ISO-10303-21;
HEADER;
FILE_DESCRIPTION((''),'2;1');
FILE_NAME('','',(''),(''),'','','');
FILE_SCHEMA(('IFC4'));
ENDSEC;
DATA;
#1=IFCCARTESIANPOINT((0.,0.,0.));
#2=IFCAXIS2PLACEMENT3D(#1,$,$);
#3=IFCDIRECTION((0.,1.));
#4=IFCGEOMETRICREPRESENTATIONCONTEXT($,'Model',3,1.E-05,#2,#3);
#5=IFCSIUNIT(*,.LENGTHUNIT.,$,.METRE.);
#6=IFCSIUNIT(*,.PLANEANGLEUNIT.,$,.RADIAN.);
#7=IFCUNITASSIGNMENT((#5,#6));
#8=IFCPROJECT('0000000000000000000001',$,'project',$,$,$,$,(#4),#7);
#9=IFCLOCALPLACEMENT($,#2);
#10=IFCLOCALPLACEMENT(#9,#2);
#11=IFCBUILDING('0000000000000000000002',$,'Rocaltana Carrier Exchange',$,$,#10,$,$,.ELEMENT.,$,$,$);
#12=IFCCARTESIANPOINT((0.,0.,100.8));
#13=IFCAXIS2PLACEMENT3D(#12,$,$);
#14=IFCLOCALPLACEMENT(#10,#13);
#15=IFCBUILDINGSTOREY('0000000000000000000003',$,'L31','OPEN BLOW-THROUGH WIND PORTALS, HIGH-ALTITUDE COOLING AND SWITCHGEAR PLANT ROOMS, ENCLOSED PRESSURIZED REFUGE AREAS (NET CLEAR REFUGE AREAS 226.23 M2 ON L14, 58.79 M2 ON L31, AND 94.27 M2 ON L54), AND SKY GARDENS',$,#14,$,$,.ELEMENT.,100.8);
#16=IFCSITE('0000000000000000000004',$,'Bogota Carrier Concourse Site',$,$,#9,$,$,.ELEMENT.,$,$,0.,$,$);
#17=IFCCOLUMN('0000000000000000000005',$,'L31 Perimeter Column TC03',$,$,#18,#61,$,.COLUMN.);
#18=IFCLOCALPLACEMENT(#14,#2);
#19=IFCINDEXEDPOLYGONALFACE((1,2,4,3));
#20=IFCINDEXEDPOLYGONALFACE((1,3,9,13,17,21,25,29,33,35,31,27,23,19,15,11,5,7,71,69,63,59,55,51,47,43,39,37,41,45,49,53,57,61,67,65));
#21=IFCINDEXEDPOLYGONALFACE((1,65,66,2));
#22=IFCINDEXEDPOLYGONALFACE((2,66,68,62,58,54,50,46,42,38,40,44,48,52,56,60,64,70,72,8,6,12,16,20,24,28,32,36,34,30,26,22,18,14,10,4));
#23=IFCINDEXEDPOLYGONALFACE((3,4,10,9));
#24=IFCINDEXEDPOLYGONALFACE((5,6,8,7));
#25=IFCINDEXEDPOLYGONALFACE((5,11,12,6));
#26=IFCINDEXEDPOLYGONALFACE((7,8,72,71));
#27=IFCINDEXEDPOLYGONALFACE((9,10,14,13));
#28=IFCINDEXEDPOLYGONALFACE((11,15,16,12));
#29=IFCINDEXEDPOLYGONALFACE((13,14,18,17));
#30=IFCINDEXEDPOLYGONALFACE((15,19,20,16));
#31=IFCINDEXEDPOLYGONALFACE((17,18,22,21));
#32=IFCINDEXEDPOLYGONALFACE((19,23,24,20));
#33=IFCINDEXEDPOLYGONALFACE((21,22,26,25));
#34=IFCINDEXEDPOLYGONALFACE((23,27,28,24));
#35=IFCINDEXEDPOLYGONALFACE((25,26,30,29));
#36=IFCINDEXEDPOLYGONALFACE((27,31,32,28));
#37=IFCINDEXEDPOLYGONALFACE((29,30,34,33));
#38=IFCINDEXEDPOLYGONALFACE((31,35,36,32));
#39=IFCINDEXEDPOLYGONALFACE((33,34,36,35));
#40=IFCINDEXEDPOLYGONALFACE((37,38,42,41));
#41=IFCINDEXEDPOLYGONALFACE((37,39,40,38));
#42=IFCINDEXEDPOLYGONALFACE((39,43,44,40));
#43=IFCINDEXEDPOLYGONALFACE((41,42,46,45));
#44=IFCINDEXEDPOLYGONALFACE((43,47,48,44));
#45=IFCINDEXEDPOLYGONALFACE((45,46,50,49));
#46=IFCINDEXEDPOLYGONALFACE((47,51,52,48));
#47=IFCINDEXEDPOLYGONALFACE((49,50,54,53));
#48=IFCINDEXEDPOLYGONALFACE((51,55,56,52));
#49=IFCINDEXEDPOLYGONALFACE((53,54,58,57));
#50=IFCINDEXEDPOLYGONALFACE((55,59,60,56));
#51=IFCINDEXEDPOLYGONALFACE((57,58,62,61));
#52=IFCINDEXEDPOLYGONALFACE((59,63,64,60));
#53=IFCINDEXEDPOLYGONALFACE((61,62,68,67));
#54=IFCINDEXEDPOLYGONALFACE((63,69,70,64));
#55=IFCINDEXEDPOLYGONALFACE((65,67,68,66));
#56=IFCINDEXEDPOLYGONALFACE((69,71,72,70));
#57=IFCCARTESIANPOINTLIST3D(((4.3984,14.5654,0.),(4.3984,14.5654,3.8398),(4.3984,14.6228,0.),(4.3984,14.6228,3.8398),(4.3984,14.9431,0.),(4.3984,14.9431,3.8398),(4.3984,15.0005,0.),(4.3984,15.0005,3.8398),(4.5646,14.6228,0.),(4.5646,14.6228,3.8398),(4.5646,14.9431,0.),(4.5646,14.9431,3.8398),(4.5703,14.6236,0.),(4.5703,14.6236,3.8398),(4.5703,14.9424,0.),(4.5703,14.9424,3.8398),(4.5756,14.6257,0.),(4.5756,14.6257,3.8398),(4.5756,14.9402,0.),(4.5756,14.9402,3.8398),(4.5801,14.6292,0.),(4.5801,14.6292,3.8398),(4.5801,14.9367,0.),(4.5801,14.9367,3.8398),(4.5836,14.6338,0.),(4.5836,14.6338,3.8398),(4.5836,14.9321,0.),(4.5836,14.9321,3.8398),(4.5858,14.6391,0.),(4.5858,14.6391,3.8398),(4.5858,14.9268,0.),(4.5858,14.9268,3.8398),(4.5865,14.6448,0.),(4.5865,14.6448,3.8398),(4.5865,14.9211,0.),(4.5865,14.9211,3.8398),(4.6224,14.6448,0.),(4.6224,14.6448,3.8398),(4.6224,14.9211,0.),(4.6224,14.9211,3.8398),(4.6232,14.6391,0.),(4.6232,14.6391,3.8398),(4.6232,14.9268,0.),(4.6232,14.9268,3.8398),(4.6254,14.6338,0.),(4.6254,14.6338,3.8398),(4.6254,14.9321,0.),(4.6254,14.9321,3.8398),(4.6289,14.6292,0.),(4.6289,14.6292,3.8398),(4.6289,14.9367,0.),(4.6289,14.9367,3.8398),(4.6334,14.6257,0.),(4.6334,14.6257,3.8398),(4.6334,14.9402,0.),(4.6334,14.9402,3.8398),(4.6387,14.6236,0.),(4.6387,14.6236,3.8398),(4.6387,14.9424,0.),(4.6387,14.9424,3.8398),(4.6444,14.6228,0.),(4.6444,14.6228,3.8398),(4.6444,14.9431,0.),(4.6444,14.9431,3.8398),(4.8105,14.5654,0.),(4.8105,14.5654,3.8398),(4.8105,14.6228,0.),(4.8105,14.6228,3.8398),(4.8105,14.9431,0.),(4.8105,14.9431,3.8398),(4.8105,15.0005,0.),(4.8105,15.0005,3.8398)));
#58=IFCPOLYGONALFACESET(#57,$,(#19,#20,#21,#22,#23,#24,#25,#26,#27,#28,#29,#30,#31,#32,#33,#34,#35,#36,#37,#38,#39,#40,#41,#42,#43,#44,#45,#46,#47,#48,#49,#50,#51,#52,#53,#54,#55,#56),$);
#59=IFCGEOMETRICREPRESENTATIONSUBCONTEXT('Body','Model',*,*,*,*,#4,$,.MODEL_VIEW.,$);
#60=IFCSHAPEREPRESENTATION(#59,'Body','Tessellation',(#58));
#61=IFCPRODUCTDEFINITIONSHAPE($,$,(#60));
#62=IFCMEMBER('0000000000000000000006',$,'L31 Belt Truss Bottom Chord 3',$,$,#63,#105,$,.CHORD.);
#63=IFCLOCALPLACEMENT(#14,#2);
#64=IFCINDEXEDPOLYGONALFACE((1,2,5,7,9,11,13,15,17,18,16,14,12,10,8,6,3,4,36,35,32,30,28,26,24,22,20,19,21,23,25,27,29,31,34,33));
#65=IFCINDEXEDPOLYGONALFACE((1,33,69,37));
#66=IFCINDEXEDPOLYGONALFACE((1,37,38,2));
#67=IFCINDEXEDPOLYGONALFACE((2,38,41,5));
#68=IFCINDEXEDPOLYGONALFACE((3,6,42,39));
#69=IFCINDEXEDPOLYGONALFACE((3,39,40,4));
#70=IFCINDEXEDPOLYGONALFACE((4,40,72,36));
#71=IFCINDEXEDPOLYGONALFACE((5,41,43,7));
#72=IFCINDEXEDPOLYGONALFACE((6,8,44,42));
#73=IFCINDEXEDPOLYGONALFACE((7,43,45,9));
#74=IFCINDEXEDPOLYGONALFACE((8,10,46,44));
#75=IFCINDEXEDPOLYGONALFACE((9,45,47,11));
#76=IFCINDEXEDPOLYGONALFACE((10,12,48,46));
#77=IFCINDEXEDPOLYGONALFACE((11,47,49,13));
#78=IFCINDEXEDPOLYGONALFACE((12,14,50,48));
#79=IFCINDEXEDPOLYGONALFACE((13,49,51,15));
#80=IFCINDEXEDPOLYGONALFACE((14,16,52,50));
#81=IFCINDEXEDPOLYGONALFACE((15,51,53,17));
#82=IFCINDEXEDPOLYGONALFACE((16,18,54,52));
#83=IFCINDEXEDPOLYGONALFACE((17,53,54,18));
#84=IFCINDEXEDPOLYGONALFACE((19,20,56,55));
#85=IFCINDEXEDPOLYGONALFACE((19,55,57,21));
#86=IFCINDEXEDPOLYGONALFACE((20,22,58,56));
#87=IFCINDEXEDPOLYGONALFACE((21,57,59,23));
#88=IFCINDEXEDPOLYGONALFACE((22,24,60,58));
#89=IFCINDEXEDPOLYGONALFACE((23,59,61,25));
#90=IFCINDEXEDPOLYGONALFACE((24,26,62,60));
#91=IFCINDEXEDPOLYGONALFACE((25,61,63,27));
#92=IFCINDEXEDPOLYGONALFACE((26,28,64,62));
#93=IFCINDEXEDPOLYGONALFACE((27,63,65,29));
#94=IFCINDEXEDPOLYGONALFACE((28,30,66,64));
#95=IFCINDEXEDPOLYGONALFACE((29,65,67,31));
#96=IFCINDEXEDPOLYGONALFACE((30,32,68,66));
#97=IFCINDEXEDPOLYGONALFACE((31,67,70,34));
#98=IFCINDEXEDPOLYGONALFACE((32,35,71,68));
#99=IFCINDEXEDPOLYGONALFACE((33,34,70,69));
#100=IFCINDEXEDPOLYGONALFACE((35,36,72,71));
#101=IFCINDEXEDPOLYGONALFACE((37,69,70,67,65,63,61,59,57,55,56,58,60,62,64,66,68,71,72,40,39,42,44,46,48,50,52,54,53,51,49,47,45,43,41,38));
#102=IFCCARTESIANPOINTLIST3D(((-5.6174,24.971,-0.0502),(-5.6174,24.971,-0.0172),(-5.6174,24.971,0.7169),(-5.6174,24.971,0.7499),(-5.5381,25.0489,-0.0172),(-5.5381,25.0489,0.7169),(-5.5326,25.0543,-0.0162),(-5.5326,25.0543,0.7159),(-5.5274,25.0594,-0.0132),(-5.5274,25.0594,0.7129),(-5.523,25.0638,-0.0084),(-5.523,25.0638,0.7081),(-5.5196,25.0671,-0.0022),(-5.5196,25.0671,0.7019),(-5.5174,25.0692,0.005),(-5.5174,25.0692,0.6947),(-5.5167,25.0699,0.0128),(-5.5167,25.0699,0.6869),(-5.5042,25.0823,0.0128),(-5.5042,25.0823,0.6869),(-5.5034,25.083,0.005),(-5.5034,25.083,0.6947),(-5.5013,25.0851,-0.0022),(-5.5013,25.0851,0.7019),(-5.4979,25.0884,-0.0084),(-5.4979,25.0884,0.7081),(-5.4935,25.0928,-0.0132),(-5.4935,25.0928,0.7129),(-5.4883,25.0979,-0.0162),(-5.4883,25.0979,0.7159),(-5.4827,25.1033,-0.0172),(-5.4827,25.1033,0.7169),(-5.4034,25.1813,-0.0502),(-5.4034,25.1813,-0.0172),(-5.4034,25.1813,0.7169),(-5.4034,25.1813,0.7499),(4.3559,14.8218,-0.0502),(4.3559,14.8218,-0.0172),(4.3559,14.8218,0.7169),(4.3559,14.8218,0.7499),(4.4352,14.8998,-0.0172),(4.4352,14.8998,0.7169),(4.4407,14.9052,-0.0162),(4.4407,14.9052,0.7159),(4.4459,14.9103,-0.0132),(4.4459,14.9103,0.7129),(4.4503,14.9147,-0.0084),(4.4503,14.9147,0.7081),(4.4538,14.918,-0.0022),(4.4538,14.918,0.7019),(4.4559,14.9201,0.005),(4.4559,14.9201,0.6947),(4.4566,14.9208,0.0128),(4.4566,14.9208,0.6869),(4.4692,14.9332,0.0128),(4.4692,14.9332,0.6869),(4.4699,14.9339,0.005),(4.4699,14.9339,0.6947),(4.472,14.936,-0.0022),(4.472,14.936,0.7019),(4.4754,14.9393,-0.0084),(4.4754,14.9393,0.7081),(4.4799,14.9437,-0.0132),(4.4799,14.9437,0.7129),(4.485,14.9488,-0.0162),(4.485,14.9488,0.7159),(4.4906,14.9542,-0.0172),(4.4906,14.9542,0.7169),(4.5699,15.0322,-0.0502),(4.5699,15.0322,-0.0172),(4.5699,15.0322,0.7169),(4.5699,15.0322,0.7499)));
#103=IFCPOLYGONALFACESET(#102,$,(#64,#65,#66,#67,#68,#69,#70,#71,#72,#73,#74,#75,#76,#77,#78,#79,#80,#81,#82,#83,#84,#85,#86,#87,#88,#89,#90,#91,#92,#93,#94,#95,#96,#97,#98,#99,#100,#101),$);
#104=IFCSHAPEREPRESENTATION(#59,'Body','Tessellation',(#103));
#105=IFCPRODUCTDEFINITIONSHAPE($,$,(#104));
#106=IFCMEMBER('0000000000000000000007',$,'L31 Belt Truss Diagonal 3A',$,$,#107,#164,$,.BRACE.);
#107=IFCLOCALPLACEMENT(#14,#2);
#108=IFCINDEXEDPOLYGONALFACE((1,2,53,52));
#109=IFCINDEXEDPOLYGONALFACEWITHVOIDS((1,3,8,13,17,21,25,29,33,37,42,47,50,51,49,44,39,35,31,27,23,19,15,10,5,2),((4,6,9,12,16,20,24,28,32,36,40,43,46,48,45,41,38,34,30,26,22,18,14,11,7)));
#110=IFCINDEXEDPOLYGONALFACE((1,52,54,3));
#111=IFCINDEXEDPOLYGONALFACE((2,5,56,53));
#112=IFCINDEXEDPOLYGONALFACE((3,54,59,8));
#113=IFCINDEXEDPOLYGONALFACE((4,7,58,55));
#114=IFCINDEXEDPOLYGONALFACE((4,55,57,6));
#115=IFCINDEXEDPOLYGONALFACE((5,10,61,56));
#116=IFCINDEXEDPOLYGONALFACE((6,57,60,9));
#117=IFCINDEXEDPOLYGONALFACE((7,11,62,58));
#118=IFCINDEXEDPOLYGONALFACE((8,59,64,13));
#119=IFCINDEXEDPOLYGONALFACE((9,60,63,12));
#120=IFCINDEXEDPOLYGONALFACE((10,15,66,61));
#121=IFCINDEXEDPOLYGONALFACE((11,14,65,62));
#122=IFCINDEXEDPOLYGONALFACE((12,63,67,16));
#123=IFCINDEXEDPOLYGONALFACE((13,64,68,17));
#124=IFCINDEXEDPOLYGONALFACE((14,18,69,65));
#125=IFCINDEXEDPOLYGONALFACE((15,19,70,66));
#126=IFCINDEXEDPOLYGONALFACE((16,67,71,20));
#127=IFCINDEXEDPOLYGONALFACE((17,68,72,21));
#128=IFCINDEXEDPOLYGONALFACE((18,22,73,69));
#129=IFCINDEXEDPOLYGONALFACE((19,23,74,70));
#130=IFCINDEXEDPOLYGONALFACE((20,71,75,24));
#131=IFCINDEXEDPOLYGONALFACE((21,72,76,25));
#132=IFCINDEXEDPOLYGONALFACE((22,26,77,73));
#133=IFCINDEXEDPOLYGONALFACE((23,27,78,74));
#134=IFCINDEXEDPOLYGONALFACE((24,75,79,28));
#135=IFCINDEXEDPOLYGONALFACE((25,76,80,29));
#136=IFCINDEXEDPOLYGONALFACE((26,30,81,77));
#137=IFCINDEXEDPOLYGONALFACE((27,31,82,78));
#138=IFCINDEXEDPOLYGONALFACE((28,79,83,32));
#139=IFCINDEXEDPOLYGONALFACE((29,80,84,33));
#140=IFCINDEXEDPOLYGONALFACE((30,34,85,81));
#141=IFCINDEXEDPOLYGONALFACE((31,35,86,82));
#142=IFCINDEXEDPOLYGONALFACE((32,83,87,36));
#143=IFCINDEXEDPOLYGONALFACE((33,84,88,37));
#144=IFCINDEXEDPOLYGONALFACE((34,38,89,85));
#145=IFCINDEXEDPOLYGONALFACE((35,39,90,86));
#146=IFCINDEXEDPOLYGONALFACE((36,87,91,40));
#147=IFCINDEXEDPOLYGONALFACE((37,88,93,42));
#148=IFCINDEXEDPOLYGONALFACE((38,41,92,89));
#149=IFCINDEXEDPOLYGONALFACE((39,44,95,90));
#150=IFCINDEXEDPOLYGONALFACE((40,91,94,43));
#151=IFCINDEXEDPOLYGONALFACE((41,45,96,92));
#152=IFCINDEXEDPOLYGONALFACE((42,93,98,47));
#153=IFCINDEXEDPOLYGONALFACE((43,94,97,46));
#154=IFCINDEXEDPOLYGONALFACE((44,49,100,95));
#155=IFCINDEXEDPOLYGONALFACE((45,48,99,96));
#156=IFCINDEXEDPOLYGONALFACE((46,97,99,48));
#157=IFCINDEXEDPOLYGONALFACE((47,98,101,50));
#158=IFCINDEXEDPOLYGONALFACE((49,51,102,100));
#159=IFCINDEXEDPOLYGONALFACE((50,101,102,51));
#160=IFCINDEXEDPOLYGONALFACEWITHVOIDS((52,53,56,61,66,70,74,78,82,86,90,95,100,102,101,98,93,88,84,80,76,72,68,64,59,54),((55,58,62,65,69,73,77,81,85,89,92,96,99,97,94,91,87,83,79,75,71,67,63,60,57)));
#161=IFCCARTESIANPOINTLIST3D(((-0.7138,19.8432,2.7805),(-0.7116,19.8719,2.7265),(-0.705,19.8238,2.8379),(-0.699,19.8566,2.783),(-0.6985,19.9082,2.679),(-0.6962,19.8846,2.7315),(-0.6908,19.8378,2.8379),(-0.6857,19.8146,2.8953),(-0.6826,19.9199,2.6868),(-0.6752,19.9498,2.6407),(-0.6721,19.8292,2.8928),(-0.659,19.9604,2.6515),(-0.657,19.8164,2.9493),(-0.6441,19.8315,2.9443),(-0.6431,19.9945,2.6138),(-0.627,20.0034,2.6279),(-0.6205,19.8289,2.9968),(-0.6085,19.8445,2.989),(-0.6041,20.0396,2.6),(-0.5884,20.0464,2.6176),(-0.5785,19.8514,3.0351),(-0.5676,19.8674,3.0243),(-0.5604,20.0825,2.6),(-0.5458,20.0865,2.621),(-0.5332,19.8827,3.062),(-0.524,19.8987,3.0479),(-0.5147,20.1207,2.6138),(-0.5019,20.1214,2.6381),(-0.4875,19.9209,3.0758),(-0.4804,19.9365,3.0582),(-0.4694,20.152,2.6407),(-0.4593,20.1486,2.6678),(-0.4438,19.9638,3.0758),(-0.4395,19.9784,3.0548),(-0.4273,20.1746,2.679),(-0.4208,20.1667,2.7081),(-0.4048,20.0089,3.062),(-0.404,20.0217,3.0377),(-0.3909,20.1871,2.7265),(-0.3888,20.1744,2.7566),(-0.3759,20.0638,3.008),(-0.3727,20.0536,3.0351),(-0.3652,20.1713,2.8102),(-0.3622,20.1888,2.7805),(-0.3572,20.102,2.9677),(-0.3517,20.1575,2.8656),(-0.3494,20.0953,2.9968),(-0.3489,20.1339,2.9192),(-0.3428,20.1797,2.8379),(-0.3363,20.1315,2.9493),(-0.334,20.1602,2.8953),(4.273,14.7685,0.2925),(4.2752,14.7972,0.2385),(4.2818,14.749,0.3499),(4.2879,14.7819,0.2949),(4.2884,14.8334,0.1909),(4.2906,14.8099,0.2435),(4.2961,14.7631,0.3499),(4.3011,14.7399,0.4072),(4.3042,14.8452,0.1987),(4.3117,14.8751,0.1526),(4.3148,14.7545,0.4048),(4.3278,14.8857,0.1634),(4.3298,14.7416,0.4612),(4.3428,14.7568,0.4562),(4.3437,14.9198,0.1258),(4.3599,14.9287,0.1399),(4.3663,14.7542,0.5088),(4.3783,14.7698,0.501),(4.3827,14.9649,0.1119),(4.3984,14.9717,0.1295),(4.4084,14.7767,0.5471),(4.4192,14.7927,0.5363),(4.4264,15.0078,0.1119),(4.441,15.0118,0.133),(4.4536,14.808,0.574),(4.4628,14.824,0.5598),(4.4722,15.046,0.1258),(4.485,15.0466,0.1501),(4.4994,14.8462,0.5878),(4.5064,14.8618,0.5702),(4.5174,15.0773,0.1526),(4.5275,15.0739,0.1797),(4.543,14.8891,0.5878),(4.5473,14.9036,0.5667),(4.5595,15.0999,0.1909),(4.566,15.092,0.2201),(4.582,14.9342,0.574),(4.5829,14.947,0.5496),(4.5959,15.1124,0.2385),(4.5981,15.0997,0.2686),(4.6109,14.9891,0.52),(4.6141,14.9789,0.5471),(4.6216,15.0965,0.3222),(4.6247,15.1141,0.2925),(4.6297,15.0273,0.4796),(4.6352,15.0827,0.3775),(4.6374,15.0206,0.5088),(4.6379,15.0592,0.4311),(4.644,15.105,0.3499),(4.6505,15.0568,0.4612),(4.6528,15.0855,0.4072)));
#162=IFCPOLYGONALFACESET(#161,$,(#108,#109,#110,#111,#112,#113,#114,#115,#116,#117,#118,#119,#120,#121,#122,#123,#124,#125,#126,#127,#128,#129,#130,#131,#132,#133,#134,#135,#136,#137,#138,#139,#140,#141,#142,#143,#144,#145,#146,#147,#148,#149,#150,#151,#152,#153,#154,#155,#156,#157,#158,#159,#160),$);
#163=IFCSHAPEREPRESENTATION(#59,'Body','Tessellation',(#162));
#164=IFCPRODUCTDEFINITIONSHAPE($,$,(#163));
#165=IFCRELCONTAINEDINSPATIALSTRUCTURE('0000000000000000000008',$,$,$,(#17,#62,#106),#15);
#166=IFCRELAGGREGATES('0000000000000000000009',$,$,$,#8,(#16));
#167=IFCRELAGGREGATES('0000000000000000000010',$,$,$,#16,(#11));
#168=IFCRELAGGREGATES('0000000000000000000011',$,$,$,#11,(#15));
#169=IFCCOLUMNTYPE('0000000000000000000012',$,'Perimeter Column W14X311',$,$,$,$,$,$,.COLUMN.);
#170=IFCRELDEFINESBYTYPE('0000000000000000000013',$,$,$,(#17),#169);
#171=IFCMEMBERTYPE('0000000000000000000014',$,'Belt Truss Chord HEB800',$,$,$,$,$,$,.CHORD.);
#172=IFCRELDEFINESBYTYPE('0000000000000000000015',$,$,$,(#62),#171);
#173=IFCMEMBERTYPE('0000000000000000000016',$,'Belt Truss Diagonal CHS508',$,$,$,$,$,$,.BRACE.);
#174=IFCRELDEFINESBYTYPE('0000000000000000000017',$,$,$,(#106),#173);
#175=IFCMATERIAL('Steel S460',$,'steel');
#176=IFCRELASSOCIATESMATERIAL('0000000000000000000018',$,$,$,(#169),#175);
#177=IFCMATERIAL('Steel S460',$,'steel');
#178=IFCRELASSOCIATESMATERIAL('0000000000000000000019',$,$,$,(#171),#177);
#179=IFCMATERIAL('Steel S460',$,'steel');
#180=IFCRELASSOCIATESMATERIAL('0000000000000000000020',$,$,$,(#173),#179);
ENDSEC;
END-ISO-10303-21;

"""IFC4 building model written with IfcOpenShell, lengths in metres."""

from ifc_helpers import new_model, si_unit, direction, frame, origin, origin_2d, place, context, subcontext, project, spatial, hollow_circle, i_section, extrude, material, material_profile, profile_set, type_object, element, save


model = new_model("IFC4")

# Units and contexts
model_context = context("Model", 3, precision=1e-05, world=origin(), true_north=direction((0.0, 1.0)))
body_context = subcontext(model_context, "Body", "Model", "MODEL_VIEW")
ifc_project = project(units=[si_unit("LENGTHUNIT", "METRE"), si_unit("PLANEANGLEUNIT", "RADIAN")], contexts=[model_context])

# Site, building, storey
site_placement = place(None, origin())
site = spatial("IfcSite", under=ifc_project, at=site_placement, Name="Bogota Carrier Concourse Site", CompositionType="ELEMENT", RefElevation=0.0)
building_placement = place(site_placement, origin())
building = spatial("IfcBuilding", under=site, at=building_placement, Name="Rocaltana Carrier Exchange", CompositionType="ELEMENT")
storey_placement = place(building_placement, frame((0.0, 0.0, 100.8)))
storey = spatial("IfcBuildingStorey", under=building, at=storey_placement, Name="L31", Description="OPEN BLOW-THROUGH WIND PORTALS, HIGH-ALTITUDE COOLING AND SWITCHGEAR PLANT ROOMS, ENCLOSED PRESSURIZED REFUGE AREAS (NET CLEAR REFUGE AREAS 226.23 M2 ON L14, 58.79 M2 ON L31, AND 94.27 M2 ON L54), AND SKY GARDENS", CompositionType="ELEMENT", Elevation=100.8)

# Column
ifc_material_1 = material(Name="Steel S460", Category="steel")
ifc_material_profile_1 = material_profile(ifc_material_1, i_section(OverallWidth=0.4121, OverallDepth=0.4351, WebThickness=0.0359, FlangeThickness=0.0574, FilletRadius=0.022, at=origin_2d()), Name="W14X311")
ifc_profile_set_1 = profile_set([ifc_material_profile_1], Name="Steel S460")
column_type = type_object("IfcColumnType", Name="Perimeter Column W14X311", PredefinedType="COLUMN", material=ifc_profile_set_1)
column_placement = place(storey_placement, frame((4.6045, 14.783, 0.0), z_axis=(0.0, 0.0, 1.0), x_axis=(1.0, 0.0, 0.0)))
element("IfcColumn", 1, at=column_placement, inside=storey, type_object=column_type, Name="L31 Perimeter Column TC03", PredefinedType="COLUMN", context=body_context, shape_type="SweptSolid", body=[
    extrude(i_section(OverallWidth=0.4121, OverallDepth=0.4351, WebThickness=0.0359, FlangeThickness=0.0574, FilletRadius=0.022, at=origin_2d()), origin(), (0.0, 0.0, 1.0), 3.8398),
])

# Members
ifc_material_2 = material(Name="Steel S460", Category="steel")
ifc_material_profile_2 = material_profile(ifc_material_2, i_section(OverallWidth=0.3, OverallDepth=0.8, WebThickness=0.0176, FlangeThickness=0.033, FilletRadius=0.03, at=origin_2d()), Name="HEB800")
ifc_profile_set_2 = profile_set([ifc_material_profile_2], Name="Steel S460")
member_type_1 = type_object("IfcMemberType", Name="Belt Truss Chord HEB800", PredefinedType="CHORD", material=ifc_profile_set_2)
member_1_placement = place(storey_placement, frame((4.4629, 14.927, 0.3499), z_axis=(-0.700903, 0.713257, 0.0), x_axis=(-0.713257, -0.700903, 0.0)))
element("IfcMember", 2, at=member_1_placement, inside=storey, type_object=member_type_1, Name="L31 Belt Truss Bottom Chord 3", PredefinedType="CHORD", context=body_context, shape_type="SweptSolid", body=[
    extrude(i_section(OverallWidth=0.3, OverallDepth=0.8, WebThickness=0.0176, FlangeThickness=0.033, FilletRadius=0.03, at=origin_2d()), origin(), (0.0, 0.0, 1.0), 14.2292),
])
ifc_material_3 = material(Name="Steel S460", Category="steel")
ifc_material_profile_3 = material_profile(ifc_material_3, hollow_circle(Radius=0.2539, WallThickness=0.02, at=origin_2d()), Name="CHS508X20")
ifc_profile_set_3 = profile_set([ifc_material_profile_3], Name="Steel S460")
member_type_2 = type_object("IfcMemberType", Name="Belt Truss Diagonal CHS508", PredefinedType="BRACE", material=ifc_profile_set_3)
member_2_placement = place(storey_placement, frame((4.4629, 14.927, 0.3499), z_axis=(-0.661616, 0.673277, 0.330095), x_axis=(-0.713256, -0.700903, 0.0)))
element("IfcMember", 3, at=member_2_placement, inside=storey, type_object=member_type_2, Name="L31 Belt Truss Diagonal 3A", PredefinedType="BRACE", context=body_context, shape_type="SweptSolid", body=[
    extrude(hollow_circle(Radius=0.2539, WallThickness=0.02, at=origin_2d()), origin(), (0.0, 0.0, 1.0), 7.5374),
])

save(model, "model.ifc")
